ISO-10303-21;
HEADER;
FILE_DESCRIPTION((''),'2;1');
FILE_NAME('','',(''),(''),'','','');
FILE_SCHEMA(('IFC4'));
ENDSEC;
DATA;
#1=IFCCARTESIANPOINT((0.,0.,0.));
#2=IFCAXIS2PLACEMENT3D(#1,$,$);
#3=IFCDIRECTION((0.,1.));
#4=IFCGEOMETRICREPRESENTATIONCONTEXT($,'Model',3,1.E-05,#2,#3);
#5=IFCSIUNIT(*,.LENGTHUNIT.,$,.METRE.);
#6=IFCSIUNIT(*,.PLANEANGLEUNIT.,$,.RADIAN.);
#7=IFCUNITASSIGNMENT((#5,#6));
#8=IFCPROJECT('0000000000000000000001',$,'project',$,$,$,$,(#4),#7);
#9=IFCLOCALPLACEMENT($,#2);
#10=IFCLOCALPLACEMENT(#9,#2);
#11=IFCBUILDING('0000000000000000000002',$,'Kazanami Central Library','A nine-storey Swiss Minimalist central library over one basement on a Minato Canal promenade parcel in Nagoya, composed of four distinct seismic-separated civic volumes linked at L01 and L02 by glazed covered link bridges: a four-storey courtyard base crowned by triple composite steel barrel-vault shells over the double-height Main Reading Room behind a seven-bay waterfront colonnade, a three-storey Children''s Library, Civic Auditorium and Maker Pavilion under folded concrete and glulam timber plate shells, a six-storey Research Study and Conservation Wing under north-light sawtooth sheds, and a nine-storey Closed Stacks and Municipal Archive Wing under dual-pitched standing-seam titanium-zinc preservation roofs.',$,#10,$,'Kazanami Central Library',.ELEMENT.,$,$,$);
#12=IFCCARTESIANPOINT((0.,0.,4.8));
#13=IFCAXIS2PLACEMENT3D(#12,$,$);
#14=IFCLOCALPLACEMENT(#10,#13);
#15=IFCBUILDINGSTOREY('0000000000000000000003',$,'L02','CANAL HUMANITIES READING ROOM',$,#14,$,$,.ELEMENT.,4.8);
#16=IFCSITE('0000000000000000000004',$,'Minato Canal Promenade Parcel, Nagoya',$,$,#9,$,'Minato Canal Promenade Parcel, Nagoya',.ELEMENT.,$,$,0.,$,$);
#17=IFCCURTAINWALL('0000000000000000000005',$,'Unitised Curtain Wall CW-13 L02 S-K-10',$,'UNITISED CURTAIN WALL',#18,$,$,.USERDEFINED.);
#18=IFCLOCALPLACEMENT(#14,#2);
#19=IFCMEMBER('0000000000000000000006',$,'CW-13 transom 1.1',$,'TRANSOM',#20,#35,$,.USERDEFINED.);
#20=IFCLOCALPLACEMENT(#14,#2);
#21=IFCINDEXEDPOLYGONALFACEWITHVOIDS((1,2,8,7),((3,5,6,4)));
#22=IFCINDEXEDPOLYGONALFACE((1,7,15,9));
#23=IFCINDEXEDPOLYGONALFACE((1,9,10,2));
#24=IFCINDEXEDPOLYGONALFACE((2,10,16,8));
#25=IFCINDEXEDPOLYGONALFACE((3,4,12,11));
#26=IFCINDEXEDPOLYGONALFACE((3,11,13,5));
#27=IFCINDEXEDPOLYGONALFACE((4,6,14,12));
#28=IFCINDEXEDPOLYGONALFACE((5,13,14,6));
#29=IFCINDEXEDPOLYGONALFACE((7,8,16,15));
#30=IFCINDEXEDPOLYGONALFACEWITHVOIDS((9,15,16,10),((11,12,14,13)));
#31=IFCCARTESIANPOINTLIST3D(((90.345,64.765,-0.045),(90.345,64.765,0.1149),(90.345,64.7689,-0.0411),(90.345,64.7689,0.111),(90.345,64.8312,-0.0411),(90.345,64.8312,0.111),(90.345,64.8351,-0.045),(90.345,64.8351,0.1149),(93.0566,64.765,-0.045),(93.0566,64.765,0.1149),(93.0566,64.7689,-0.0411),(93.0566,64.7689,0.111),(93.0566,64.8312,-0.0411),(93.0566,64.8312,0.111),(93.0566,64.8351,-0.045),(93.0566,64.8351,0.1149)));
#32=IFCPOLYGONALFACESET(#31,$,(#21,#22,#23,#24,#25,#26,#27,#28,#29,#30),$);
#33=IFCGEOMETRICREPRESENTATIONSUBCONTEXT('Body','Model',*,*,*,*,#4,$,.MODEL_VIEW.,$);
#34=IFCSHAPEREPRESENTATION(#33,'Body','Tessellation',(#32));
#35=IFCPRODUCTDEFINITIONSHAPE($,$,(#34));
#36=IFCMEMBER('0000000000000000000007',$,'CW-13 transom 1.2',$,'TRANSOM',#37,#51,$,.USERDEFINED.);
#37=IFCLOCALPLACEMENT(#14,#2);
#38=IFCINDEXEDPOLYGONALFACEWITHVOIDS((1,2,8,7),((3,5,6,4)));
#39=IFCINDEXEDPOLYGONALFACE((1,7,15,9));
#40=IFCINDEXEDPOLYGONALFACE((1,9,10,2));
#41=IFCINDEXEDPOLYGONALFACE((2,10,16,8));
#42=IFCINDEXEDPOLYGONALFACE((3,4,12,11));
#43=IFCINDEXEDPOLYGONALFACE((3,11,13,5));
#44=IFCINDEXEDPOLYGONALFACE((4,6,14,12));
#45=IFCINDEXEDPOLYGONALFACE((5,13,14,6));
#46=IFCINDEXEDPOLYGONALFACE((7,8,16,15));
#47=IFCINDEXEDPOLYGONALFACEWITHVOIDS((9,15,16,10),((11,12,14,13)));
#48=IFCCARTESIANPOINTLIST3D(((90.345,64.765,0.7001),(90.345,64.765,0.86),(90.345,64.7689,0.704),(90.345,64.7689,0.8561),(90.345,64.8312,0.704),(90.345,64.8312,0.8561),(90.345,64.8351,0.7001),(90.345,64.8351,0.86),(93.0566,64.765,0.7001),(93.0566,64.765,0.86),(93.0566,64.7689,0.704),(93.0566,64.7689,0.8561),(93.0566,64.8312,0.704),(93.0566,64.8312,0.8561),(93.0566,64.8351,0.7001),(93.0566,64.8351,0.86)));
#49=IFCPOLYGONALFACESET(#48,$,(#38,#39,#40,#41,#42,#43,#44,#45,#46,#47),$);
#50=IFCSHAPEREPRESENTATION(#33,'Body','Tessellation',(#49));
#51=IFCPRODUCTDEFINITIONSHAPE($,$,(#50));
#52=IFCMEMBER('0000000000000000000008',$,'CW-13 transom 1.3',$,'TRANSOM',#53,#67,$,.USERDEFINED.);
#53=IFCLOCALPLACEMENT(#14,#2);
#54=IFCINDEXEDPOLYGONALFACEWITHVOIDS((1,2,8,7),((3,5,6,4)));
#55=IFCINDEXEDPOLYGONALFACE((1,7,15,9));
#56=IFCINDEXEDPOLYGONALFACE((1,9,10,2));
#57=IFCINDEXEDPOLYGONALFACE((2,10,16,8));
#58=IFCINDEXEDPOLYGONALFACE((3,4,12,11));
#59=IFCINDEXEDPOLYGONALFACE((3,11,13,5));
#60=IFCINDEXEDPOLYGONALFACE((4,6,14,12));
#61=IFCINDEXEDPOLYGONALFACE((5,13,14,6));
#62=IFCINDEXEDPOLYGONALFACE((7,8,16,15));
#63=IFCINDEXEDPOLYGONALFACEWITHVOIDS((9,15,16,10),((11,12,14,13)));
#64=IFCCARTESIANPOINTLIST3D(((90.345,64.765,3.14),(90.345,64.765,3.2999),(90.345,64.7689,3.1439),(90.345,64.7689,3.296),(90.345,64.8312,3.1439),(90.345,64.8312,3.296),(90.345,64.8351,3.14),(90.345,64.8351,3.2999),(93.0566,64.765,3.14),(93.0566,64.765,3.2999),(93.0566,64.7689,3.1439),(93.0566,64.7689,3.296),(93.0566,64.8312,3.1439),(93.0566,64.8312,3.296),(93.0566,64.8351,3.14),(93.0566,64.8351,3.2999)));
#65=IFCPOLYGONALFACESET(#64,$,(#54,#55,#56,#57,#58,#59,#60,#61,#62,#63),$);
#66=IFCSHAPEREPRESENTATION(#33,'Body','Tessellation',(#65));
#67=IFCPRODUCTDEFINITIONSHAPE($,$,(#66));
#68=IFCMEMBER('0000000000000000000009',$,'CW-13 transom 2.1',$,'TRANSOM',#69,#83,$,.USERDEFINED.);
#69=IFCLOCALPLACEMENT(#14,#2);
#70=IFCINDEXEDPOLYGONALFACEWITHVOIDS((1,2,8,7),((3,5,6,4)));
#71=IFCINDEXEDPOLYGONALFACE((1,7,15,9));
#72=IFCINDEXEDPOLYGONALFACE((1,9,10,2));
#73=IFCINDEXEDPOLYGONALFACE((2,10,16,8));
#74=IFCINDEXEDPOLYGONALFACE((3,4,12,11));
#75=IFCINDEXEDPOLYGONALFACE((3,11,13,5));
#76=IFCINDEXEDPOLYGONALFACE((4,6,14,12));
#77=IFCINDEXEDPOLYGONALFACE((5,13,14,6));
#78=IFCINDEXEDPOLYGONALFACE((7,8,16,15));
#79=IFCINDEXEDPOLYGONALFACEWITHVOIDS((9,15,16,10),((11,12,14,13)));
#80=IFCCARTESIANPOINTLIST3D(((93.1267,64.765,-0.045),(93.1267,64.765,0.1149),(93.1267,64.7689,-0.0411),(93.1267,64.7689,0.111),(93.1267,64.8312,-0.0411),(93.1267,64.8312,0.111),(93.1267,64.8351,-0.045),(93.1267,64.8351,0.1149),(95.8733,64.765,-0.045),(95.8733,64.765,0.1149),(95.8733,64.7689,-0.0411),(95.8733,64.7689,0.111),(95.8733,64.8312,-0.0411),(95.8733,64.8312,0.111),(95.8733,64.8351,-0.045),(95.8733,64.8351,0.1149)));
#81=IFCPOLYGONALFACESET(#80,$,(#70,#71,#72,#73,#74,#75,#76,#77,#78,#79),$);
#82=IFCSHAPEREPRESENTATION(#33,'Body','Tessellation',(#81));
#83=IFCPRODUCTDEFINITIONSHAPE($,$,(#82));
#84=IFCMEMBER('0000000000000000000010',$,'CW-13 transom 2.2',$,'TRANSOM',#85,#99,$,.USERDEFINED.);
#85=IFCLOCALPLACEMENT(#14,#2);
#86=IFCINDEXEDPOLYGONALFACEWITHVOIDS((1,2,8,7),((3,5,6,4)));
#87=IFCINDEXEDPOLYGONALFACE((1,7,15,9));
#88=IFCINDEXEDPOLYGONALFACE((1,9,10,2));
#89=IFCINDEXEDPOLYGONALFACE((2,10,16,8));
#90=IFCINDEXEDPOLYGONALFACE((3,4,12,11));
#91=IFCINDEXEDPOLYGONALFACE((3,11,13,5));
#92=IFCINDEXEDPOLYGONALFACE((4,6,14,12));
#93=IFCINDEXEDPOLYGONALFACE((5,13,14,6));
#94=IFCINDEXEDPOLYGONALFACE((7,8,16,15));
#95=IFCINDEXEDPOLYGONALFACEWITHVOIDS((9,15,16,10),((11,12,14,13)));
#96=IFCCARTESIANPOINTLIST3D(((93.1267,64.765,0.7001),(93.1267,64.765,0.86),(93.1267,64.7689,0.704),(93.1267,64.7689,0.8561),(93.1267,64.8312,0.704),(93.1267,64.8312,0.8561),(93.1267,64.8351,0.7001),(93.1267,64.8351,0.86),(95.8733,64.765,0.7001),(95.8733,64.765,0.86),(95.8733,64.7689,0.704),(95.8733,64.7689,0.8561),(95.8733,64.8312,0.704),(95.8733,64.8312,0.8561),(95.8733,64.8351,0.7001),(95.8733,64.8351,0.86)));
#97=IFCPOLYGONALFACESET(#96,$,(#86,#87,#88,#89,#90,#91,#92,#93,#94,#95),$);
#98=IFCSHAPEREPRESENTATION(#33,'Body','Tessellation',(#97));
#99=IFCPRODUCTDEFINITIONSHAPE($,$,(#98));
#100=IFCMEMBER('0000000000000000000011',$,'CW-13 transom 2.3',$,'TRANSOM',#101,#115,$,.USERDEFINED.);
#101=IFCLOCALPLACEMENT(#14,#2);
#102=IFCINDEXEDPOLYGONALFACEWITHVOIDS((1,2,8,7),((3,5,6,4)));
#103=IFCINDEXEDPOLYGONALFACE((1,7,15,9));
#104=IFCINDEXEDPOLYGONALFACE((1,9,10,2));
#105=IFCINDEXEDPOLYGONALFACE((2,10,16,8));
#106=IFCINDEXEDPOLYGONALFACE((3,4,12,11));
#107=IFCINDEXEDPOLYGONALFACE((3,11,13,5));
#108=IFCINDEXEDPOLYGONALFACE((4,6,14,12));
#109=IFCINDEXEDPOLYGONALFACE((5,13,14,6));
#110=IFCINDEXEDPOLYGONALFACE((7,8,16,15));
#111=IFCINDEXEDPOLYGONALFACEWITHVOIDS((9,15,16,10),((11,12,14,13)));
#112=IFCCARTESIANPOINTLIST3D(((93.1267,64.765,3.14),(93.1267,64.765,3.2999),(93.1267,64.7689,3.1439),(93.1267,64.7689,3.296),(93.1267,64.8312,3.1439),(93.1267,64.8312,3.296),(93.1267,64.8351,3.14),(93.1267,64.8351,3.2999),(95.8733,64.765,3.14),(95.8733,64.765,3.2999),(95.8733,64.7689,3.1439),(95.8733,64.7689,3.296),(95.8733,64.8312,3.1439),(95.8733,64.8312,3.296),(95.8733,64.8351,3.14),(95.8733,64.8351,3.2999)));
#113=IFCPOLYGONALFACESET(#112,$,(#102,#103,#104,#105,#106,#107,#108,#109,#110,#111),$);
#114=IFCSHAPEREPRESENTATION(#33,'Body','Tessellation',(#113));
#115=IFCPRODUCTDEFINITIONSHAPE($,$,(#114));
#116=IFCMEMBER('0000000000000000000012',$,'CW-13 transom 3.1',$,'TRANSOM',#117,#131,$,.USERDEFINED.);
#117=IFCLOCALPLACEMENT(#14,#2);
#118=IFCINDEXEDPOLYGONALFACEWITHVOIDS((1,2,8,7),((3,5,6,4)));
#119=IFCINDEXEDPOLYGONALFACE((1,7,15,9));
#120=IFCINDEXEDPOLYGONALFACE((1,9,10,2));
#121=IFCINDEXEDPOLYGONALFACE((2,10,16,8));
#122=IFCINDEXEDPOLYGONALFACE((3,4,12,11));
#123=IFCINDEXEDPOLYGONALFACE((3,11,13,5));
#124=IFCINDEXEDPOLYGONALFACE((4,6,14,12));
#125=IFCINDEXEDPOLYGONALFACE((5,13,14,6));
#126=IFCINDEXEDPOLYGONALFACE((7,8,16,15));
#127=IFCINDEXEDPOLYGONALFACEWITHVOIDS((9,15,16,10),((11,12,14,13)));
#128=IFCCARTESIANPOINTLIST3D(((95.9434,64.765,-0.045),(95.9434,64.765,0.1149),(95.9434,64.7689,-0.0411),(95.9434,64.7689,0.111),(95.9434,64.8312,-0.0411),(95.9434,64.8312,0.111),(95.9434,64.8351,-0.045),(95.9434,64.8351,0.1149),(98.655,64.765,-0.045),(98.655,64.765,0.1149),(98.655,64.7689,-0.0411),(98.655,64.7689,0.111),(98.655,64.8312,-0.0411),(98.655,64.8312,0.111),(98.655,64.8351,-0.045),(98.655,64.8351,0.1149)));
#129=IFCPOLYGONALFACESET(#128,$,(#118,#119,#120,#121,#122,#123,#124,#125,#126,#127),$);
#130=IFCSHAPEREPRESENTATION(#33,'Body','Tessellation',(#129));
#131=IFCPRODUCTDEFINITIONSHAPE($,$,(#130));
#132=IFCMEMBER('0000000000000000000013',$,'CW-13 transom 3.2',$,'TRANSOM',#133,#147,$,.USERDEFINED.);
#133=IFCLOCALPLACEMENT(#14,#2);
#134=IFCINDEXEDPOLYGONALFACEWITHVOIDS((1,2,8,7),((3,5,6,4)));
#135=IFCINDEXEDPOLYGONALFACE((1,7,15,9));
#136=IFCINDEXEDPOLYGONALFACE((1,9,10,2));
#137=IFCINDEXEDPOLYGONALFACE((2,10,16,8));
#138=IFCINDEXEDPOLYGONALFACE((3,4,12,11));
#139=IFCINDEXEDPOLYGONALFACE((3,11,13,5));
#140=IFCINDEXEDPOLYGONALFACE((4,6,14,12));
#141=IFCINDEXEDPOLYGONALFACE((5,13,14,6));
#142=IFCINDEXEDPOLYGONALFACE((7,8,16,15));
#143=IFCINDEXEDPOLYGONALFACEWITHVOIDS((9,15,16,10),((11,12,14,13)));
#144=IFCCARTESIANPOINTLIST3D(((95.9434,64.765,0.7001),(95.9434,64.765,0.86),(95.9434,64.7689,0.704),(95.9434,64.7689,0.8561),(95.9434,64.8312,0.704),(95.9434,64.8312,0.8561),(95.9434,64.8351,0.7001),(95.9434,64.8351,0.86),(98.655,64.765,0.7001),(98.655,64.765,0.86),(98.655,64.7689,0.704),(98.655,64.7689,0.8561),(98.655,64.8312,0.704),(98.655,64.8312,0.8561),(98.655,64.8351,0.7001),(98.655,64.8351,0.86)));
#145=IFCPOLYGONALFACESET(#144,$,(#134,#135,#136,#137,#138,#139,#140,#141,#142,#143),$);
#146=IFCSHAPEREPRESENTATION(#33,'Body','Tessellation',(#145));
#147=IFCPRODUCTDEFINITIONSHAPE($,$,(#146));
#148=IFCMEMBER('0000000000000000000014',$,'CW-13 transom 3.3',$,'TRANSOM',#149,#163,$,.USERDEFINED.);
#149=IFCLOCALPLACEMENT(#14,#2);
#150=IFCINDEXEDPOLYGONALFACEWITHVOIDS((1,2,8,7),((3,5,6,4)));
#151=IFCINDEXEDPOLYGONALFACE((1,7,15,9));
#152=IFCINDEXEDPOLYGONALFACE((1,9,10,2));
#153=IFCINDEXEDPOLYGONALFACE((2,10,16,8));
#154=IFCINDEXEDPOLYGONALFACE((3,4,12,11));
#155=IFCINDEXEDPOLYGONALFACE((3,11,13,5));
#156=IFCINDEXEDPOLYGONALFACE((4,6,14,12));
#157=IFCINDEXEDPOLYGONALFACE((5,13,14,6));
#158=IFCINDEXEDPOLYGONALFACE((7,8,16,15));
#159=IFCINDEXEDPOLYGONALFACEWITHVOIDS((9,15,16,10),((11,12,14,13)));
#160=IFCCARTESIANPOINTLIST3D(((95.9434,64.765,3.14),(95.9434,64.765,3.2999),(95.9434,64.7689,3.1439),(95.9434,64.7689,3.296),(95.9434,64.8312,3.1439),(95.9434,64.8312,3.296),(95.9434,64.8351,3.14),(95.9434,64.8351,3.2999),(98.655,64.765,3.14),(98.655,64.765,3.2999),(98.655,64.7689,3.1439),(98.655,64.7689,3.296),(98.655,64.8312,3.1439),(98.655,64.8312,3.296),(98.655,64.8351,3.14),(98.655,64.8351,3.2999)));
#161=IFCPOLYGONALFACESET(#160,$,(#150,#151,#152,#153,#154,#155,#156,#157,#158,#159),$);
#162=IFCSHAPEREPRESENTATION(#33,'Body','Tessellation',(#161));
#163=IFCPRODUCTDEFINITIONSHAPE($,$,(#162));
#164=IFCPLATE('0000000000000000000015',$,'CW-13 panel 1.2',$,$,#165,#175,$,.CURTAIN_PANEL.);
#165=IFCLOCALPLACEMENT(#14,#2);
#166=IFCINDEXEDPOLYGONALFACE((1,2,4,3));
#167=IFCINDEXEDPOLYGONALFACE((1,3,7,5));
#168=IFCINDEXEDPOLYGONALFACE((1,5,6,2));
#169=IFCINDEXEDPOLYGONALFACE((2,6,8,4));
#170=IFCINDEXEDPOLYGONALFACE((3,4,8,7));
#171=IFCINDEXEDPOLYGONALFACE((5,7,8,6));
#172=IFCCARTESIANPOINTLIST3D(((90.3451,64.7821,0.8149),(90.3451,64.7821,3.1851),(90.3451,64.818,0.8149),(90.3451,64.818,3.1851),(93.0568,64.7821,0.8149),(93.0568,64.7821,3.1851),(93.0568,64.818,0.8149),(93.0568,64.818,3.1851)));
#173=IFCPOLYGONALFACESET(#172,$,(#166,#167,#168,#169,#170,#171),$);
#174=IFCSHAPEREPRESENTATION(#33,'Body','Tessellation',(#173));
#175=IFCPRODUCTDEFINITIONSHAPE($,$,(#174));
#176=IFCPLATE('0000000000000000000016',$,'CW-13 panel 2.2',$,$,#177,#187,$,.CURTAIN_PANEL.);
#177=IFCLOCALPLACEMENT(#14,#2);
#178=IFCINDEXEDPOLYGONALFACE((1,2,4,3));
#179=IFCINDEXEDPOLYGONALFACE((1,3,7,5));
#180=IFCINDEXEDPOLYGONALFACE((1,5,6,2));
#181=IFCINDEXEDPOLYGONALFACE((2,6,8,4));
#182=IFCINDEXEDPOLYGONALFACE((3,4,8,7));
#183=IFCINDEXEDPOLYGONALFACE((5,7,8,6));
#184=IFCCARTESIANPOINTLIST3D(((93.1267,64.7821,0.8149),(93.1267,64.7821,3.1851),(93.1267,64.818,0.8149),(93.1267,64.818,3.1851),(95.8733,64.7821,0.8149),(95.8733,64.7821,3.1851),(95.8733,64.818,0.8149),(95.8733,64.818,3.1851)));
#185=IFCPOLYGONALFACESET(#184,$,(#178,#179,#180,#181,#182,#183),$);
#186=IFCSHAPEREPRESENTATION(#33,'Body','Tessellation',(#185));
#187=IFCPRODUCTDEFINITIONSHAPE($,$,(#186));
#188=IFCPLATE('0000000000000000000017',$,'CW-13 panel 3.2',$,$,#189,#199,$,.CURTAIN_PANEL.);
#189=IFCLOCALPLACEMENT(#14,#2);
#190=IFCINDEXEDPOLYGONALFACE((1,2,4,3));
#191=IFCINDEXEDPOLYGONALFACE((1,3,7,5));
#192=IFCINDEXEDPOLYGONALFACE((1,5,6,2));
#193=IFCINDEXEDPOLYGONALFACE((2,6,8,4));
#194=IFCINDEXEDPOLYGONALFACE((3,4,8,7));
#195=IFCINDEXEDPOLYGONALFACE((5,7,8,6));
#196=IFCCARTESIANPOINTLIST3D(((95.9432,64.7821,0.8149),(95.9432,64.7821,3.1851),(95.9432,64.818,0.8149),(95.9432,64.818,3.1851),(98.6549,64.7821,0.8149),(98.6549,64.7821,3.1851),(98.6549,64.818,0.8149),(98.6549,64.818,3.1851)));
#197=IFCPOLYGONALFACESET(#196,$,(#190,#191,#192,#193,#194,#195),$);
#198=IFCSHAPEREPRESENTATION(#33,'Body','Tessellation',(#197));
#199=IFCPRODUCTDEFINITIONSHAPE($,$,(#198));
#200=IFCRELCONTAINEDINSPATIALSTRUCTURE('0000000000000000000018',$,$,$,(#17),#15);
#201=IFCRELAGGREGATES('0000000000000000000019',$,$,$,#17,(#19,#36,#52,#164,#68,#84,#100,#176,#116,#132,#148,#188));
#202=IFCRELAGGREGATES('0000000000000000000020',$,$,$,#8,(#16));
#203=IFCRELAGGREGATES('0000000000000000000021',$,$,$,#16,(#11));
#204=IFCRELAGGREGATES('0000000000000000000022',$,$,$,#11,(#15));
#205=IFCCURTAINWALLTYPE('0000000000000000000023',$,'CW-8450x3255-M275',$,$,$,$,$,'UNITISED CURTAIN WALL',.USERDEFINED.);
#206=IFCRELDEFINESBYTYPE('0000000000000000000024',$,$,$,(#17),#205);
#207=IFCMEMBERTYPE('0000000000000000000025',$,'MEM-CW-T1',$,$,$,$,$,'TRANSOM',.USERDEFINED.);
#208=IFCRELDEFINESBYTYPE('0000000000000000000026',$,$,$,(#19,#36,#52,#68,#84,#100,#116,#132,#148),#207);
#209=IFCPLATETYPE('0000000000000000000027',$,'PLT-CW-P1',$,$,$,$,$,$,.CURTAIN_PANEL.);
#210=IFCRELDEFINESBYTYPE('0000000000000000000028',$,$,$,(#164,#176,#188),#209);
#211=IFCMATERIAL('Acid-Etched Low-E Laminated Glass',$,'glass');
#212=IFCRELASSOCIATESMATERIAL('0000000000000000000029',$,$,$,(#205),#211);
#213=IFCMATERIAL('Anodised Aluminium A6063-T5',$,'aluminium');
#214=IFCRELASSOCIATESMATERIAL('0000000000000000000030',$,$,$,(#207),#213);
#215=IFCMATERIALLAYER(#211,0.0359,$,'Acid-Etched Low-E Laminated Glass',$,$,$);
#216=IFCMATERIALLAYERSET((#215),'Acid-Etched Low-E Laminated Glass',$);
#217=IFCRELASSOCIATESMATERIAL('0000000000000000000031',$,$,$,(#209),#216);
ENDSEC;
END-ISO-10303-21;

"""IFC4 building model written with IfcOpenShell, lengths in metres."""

from ifc_helpers import new_model, si_unit, direction, frame, origin, origin_2d, place, context, subcontext, project, spatial, rectangle, hollow_rectangle, extrude, material, layer, layer_set, material_profile, profile_set, type_object, element, aggregate, save


model = new_model("IFC4")

# Units and contexts
model_context = context("Model", 3, precision=1e-05, world=origin(), true_north=direction((0.0, 1.0)))
body_context = subcontext(model_context, "Body", "Model", "MODEL_VIEW")
ifc_project = project(units=[si_unit("LENGTHUNIT", "METRE"), si_unit("PLANEANGLEUNIT", "RADIAN")], contexts=[model_context])

# Site, building, storey
site_placement = place(None, origin())
site = spatial("IfcSite", under=ifc_project, at=site_placement, Name="Minato Canal Promenade Parcel, Nagoya", LongName="Minato Canal Promenade Parcel, Nagoya", CompositionType="ELEMENT", RefElevation=0.0)
building_placement = place(site_placement, origin())
building = spatial("IfcBuilding", under=site, at=building_placement, Name="Kazanami Central Library", Description="A nine-storey Swiss Minimalist central library over one basement on a Minato Canal promenade parcel in Nagoya, composed of four distinct seismic-separated civic volumes linked at L01 and L02 by glazed covered link bridges: a four-storey courtyard base crowned by triple composite steel barrel-vault shells over the double-height Main Reading Room behind a seven-bay waterfront colonnade, a three-storey Children's Library, Civic Auditorium and Maker Pavilion under folded concrete and glulam timber plate shells, a six-storey Research Study and Conservation Wing under north-light sawtooth sheds, and a nine-storey Closed Stacks and Municipal Archive Wing under dual-pitched standing-seam titanium-zinc preservation roofs.", LongName="Kazanami Central Library", CompositionType="ELEMENT")
storey_placement = place(building_placement, frame((0.0, 0.0, 4.8)))
storey = spatial("IfcBuildingStorey", under=building, at=storey_placement, Name="L02", Description="CANAL HUMANITIES READING ROOM", CompositionType="ELEMENT", Elevation=4.8)

# Curtain wall
ifc_material_1 = material(Name="Acid-Etched Low-E Laminated Glass", Category="glass")
curtain_wall_type_1 = type_object("IfcCurtainWallType", Name="CW-8450x3255-M275", ElementType="UNITISED CURTAIN WALL", PredefinedType="USERDEFINED", material=ifc_material_1)
curtain_wall_1_placement = place(storey_placement, origin())
curtain_wall_1 = element("IfcCurtainWall", 1, at=curtain_wall_1_placement, inside=storey, type_object=curtain_wall_type_1, Name="Unitised Curtain Wall CW-13 L02 S-K-10", ObjectType="UNITISED CURTAIN WALL", PredefinedType="USERDEFINED")
ifc_material_2 = material(Name="Anodised Aluminium A6063-T5", Category="aluminium")

# Members
ifc_material_profile_1 = material_profile(ifc_material_2, hollow_rectangle(XDim=0.0701, YDim=0.1599, WallThickness=0.0039, at=origin_2d()), Name="ALU-TRAN-70x160x4")
ifc_profile_set_1 = profile_set([ifc_material_profile_1], Name="Anodised Aluminium A6063-T5")
member_type_1 = type_object("IfcMemberType", Name="MEM-CW-T1", ElementType="TRANSOM", PredefinedType="USERDEFINED", material=ifc_profile_set_1)
member_1_placement = place(storey_placement, frame((90.345, 64.8, 0.0349), z_axis=(1.0, 0.0, 0.0), x_axis=(0.0, 1.0, 0.0)))
member_1 = element("IfcMember", 2, at=member_1_placement, type_object=member_type_1, Name="CW-13 transom 1.1", ObjectType="TRANSOM", PredefinedType="USERDEFINED", context=body_context, shape_type="SweptSolid", body=[
    extrude(hollow_rectangle(XDim=0.0701, YDim=0.1599, WallThickness=0.0039, at=origin_2d()), origin(), (0.0, 0.0, 1.0), 2.7117),
])
member_2_placement = place(storey_placement, frame((90.345, 64.8, 0.78), z_axis=(1.0, 0.0, 0.0), x_axis=(0.0, 1.0, 0.0)))
member_2 = element("IfcMember", 3, at=member_2_placement, type_object=member_type_1, Name="CW-13 transom 1.2", ObjectType="TRANSOM", PredefinedType="USERDEFINED", context=body_context, shape_type="SweptSolid", body=[
    extrude(hollow_rectangle(XDim=0.0701, YDim=0.1599, WallThickness=0.0039, at=origin_2d()), origin(), (0.0, 0.0, 1.0), 2.7117),
])
member_3_placement = place(storey_placement, frame((90.345, 64.8, 3.22), z_axis=(1.0, 0.0, 0.0), x_axis=(0.0, 1.0, 0.0)))
member_3 = element("IfcMember", 4, at=member_3_placement, type_object=member_type_1, Name="CW-13 transom 1.3", ObjectType="TRANSOM", PredefinedType="USERDEFINED", context=body_context, shape_type="SweptSolid", body=[
    extrude(hollow_rectangle(XDim=0.0701, YDim=0.1599, WallThickness=0.0039, at=origin_2d()), origin(), (0.0, 0.0, 1.0), 2.7117),
])
member_4_placement = place(storey_placement, frame((93.1267, 64.8, 0.0349), z_axis=(1.0, 0.0, 0.0), x_axis=(0.0, 1.0, 0.0)))
member_4 = element("IfcMember", 5, at=member_4_placement, type_object=member_type_1, Name="CW-13 transom 2.1", ObjectType="TRANSOM", PredefinedType="USERDEFINED", context=body_context, shape_type="SweptSolid", body=[
    extrude(hollow_rectangle(XDim=0.0701, YDim=0.1599, WallThickness=0.0039, at=origin_2d()), origin(), (0.0, 0.0, 1.0), 2.7466),
])
member_5_placement = place(storey_placement, frame((93.1267, 64.8, 0.78), z_axis=(1.0, 0.0, 0.0), x_axis=(0.0, 1.0, 0.0)))
member_5 = element("IfcMember", 6, at=member_5_placement, type_object=member_type_1, Name="CW-13 transom 2.2", ObjectType="TRANSOM", PredefinedType="USERDEFINED", context=body_context, shape_type="SweptSolid", body=[
    extrude(hollow_rectangle(XDim=0.0701, YDim=0.1599, WallThickness=0.0039, at=origin_2d()), origin(), (0.0, 0.0, 1.0), 2.7466),
])
member_6_placement = place(storey_placement, frame((93.1267, 64.8, 3.22), z_axis=(1.0, 0.0, 0.0), x_axis=(0.0, 1.0, 0.0)))
member_6 = element("IfcMember", 7, at=member_6_placement, type_object=member_type_1, Name="CW-13 transom 2.3", ObjectType="TRANSOM", PredefinedType="USERDEFINED", context=body_context, shape_type="SweptSolid", body=[
    extrude(hollow_rectangle(XDim=0.0701, YDim=0.1599, WallThickness=0.0039, at=origin_2d()), origin(), (0.0, 0.0, 1.0), 2.7466),
])
member_7_placement = place(storey_placement, frame((95.9434, 64.8, 0.0349), z_axis=(1.0, 0.0, 0.0), x_axis=(0.0, 1.0, 0.0)))
member_7 = element("IfcMember", 8, at=member_7_placement, type_object=member_type_1, Name="CW-13 transom 3.1", ObjectType="TRANSOM", PredefinedType="USERDEFINED", context=body_context, shape_type="SweptSolid", body=[
    extrude(hollow_rectangle(XDim=0.0701, YDim=0.1599, WallThickness=0.0039, at=origin_2d()), origin(), (0.0, 0.0, 1.0), 2.7117),
])
member_8_placement = place(storey_placement, frame((95.9434, 64.8, 0.78), z_axis=(1.0, 0.0, 0.0), x_axis=(0.0, 1.0, 0.0)))
member_8 = element("IfcMember", 9, at=member_8_placement, type_object=member_type_1, Name="CW-13 transom 3.2", ObjectType="TRANSOM", PredefinedType="USERDEFINED", context=body_context, shape_type="SweptSolid", body=[
    extrude(hollow_rectangle(XDim=0.0701, YDim=0.1599, WallThickness=0.0039, at=origin_2d()), origin(), (0.0, 0.0, 1.0), 2.7117),
])
member_9_placement = place(storey_placement, frame((95.9434, 64.8, 3.22), z_axis=(1.0, 0.0, 0.0), x_axis=(0.0, 1.0, 0.0)))
member_9 = element("IfcMember", 10, at=member_9_placement, type_object=member_type_1, Name="CW-13 transom 3.3", ObjectType="TRANSOM", PredefinedType="USERDEFINED", context=body_context, shape_type="SweptSolid", body=[
    extrude(hollow_rectangle(XDim=0.0701, YDim=0.1599, WallThickness=0.0039, at=origin_2d()), origin(), (0.0, 0.0, 1.0), 2.7117),
])

# Plates
ifc_layer_1 = layer(ifc_material_1, 0.0359, Name="Acid-Etched Low-E Laminated Glass")
ifc_layer_set_1 = layer_set([ifc_layer_1], Name="Acid-Etched Low-E Laminated Glass")
plate_type_1 = type_object("IfcPlateType", Name="PLT-CW-P1", PredefinedType="CURTAIN_PANEL", material=ifc_layer_set_1)
plate_1_placement = place(storey_placement, frame((91.7009, 64.8, 0.8149), z_axis=(0.0, 0.0, 1.0), x_axis=(1.0, 0.0, 0.0)))
plate_1 = element("IfcPlate", 11, at=plate_1_placement, type_object=plate_type_1, Name="CW-13 panel 1.2", PredefinedType="CURTAIN_PANEL", context=body_context, shape_type="SweptSolid", body=[
    extrude(rectangle(XDim=2.7117, YDim=0.0359, at=origin_2d()), origin(), (0.0, 0.0, 1.0), 2.3701),
])
plate_2_placement = place(storey_placement, frame((94.5, 64.8, 0.8149), z_axis=(0.0, 0.0, 1.0), x_axis=(1.0, 0.0, 0.0)))
plate_2 = element("IfcPlate", 12, at=plate_2_placement, type_object=plate_type_1, Name="CW-13 panel 2.2", PredefinedType="CURTAIN_PANEL", context=body_context, shape_type="SweptSolid", body=[
    extrude(rectangle(XDim=2.7466, YDim=0.0359, at=origin_2d()), origin(), (0.0, 0.0, 1.0), 2.3701),
])
plate_3_placement = place(storey_placement, frame((97.2991, 64.8, 0.8149), z_axis=(0.0, 0.0, 1.0), x_axis=(1.0, 0.0, 0.0)))
plate_3 = element("IfcPlate", 13, at=plate_3_placement, type_object=plate_type_1, Name="CW-13 panel 3.2", PredefinedType="CURTAIN_PANEL", context=body_context, shape_type="SweptSolid", body=[
    extrude(rectangle(XDim=2.7117, YDim=0.0359, at=origin_2d()), origin(), (0.0, 0.0, 1.0), 2.3701),
])
aggregate(curtain_wall_1, [member_1, member_2, member_3, plate_1, member_4, member_5, member_6, plate_2, member_7, member_8, member_9, plate_3])

save(model, "model.ifc")
